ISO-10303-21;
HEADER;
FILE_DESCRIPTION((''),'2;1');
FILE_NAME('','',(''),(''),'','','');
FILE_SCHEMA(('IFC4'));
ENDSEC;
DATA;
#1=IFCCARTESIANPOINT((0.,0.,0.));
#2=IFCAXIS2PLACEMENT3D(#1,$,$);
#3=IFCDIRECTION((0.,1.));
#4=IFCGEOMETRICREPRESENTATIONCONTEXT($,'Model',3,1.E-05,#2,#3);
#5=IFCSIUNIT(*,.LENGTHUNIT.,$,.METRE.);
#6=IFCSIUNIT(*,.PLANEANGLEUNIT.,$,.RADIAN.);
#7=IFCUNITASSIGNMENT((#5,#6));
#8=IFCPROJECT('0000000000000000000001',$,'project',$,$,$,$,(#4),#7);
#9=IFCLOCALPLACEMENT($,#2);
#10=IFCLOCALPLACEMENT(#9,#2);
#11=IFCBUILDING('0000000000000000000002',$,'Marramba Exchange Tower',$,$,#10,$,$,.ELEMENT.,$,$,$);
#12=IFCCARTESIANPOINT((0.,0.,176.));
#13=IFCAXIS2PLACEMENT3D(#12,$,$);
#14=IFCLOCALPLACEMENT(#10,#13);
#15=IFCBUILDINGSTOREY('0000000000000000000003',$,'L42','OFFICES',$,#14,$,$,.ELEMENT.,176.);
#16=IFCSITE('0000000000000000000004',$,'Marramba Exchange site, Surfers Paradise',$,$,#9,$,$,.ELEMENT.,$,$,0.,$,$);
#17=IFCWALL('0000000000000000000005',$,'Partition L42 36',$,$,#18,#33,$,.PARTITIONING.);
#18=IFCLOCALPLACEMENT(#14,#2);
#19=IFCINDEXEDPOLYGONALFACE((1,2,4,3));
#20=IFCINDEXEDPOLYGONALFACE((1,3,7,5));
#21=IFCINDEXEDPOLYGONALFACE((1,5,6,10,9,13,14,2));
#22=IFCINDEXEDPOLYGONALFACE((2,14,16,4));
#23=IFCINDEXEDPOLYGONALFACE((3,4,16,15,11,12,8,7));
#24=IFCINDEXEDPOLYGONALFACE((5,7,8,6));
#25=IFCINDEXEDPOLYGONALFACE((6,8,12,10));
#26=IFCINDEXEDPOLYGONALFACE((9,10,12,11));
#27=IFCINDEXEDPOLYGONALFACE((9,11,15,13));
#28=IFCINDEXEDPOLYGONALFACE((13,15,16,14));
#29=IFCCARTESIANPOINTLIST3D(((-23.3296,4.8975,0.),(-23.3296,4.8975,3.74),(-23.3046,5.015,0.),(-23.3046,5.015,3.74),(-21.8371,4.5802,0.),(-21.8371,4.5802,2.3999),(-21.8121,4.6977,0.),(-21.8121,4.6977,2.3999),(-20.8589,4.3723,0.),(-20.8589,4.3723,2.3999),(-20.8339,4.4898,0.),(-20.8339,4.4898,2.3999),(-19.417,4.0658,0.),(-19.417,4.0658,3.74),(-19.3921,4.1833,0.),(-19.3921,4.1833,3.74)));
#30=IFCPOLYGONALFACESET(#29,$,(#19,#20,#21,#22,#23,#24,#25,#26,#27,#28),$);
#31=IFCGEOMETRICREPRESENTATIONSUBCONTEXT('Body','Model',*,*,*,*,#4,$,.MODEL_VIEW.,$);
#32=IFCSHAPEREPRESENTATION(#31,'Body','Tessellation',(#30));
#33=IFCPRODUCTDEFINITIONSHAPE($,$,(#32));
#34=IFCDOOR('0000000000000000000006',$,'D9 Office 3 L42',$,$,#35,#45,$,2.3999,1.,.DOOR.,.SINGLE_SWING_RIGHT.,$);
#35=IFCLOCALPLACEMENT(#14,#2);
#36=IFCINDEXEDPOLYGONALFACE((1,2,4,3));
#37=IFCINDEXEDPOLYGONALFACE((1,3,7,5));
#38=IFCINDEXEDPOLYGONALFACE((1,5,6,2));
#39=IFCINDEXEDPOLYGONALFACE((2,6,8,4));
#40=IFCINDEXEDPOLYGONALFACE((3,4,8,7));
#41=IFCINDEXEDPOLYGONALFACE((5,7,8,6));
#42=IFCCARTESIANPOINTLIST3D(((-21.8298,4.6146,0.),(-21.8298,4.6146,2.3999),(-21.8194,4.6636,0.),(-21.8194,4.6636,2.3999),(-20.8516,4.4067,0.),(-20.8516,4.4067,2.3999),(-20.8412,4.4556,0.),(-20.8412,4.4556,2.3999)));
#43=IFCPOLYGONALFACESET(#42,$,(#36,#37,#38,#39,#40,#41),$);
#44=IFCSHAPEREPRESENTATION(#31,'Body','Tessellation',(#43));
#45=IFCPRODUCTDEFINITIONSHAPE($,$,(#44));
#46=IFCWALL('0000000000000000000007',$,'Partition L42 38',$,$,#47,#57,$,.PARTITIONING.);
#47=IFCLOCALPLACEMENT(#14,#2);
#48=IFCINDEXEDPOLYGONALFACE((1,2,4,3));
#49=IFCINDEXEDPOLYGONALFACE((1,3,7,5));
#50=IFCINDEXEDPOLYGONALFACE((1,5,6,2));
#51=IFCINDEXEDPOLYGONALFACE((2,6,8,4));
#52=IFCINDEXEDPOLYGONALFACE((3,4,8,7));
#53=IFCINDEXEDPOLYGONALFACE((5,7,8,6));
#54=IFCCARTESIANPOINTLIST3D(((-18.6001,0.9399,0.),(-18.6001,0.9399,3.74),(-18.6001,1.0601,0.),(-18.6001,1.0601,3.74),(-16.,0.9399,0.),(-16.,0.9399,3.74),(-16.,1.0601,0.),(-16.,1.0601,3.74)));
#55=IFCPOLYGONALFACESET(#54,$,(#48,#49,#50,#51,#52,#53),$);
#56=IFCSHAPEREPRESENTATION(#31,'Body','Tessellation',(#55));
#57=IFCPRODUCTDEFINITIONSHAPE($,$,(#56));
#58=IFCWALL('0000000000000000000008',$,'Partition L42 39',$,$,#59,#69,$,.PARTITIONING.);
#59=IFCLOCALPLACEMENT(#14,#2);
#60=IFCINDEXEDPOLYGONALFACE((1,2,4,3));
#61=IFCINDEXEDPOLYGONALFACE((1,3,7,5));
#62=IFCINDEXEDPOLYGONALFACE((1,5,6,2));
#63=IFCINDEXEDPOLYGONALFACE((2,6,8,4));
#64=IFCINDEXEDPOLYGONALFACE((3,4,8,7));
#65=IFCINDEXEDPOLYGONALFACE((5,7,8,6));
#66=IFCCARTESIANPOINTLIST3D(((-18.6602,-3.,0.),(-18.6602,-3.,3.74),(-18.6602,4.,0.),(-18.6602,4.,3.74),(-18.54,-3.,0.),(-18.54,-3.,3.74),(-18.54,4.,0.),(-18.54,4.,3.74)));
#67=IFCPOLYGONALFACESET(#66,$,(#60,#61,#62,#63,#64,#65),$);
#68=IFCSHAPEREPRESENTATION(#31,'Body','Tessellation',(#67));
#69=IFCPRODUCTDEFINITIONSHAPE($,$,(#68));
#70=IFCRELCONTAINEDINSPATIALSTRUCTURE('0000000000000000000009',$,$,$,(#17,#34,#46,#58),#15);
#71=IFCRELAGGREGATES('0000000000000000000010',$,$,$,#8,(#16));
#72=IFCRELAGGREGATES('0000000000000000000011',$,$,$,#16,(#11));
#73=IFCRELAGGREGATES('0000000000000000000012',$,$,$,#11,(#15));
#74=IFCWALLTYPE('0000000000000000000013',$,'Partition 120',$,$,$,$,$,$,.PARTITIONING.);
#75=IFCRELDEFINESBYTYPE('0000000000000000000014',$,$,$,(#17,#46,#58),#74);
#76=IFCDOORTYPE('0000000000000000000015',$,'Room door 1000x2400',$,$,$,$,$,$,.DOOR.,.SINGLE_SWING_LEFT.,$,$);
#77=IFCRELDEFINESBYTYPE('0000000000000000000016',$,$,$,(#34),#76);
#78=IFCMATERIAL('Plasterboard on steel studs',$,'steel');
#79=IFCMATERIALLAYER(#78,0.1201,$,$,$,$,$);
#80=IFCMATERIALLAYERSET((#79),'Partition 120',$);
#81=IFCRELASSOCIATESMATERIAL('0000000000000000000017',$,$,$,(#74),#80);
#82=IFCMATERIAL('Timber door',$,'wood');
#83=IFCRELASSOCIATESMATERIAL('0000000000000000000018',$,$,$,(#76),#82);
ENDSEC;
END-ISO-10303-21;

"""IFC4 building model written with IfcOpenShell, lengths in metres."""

from ifc_helpers import new_model, si_unit, direction, frame, frame_2d, origin, place, context, subcontext, project, spatial, rectangle, extrude, material, layer, layer_set, type_object, element, fill, save


model = new_model("IFC4")

# Units and contexts
model_context = context("Model", 3, precision=1e-05, world=origin(), true_north=direction((0.0, 1.0)))
body_context = subcontext(model_context, "Body", "Model", "MODEL_VIEW")
ifc_project = project(units=[si_unit("LENGTHUNIT", "METRE"), si_unit("PLANEANGLEUNIT", "RADIAN")], contexts=[model_context])

# Site, building, storey
site_placement = place(None, origin())
site = spatial("IfcSite", under=ifc_project, at=site_placement, Name="Marramba Exchange site, Surfers Paradise", CompositionType="ELEMENT", RefElevation=0.0)
building_placement = place(site_placement, origin())
building = spatial("IfcBuilding", under=site, at=building_placement, Name="Marramba Exchange Tower", CompositionType="ELEMENT")
storey_placement = place(building_placement, frame((0.0, 0.0, 176.0)))
storey = spatial("IfcBuildingStorey", under=building, at=storey_placement, Name="L42", Description="OFFICES", CompositionType="ELEMENT", Elevation=176.0)

# Wall, opening, door
ifc_material_1 = material(Name="Plasterboard on steel studs", Category="steel")
ifc_layer_1 = layer(ifc_material_1, 0.1201)
ifc_layer_set_1 = layer_set([ifc_layer_1], Name="Partition 120")
wall_type_1 = type_object("IfcWallType", Name="Partition 120", PredefinedType="PARTITIONING", material=ifc_layer_set_1)
ifc_material_2 = material(Name="Timber door", Category="wood")
door_type_1 = type_object("IfcDoorType", Name="Room door 1000x2400", OperationType="SINGLE_SWING_LEFT", PredefinedType="DOOR", material=ifc_material_2)
wall_1_placement = place(storey_placement, frame((-19.4045, 4.1245, 0.0), z_axis=(0.0, 0.0, 1.0), x_axis=(-0.978141, 0.207945, 0.0)))
wall_1 = element("IfcWall", 1, at=wall_1_placement, inside=storey, type_object=wall_type_1, Name="Partition L42 36", PredefinedType="PARTITIONING", context=body_context, shape_type="SweptSolid", body=[
    extrude(rectangle(XDim=4.0, YDim=0.1201, at=frame_2d((2.0, 0.0))), origin(), (0.0, 0.0, 1.0), 3.74),
])
opening_1_placement = place(wall_1_placement, frame((1.4741, 0.0, 0.0)))
opening_1 = element("IfcOpeningElement", 2, at=opening_1_placement, cuts=wall_1, PredefinedType="OPENING", context=body_context, shape_type="SweptSolid", body=[
    extrude(rectangle(XDim=1.0, YDim=2.3999, at=frame_2d((0.5, 1.2))), frame((0.0, 0.0701, 0.0), z_axis=(0.0, -1.0, 0.0), x_axis=(1.0, 0.0, 0.0)), (0.0, 0.0, 1.0), 0.1401),
])
door_1_placement = place(opening_1_placement, origin())
door_1 = element("IfcDoor", 3, at=door_1_placement, inside=storey, type_object=door_type_1, Name="D9 Office 3 L42", OperationType="SINGLE_SWING_RIGHT", OverallHeight=2.3999, OverallWidth=1.0, PredefinedType="DOOR", context=body_context, shape_type="SweptSolid", body=[
    extrude(rectangle(XDim=1.0, YDim=2.3999, at=frame_2d((0.5, 1.2))), frame((0.0, 0.0249, 0.0), z_axis=(0.0, -1.0, 0.0), x_axis=(1.0, 0.0, 0.0)), (0.0, 0.0, 1.0), 0.05),
])
fill(opening_1, door_1)

# Walls
wall_2_placement = place(storey_placement, frame((-18.6001, 1.0, 0.0), z_axis=(0.0, 0.0, 1.0), x_axis=(1.0, 0.0, 0.0)))
element("IfcWall", 4, at=wall_2_placement, inside=storey, type_object=wall_type_1, Name="Partition L42 38", PredefinedType="PARTITIONING", context=body_context, shape_type="SweptSolid", body=[
    extrude(rectangle(XDim=2.6001, YDim=0.1201, at=frame_2d((1.3, 0.0))), origin(), (0.0, 0.0, 1.0), 3.74),
])
wall_3_placement = place(storey_placement, frame((-18.6001, 4.0, 0.0), z_axis=(0.0, 0.0, 1.0), x_axis=(0.0, -1.0, 0.0)))
element("IfcWall", 5, at=wall_3_placement, inside=storey, type_object=wall_type_1, Name="Partition L42 39", PredefinedType="PARTITIONING", context=body_context, shape_type="SweptSolid", body=[
    extrude(rectangle(XDim=7.0, YDim=0.1201, at=frame_2d((3.5, 0.0))), origin(), (0.0, 0.0, 1.0), 3.74),
])

save(model, "model.ifc")
